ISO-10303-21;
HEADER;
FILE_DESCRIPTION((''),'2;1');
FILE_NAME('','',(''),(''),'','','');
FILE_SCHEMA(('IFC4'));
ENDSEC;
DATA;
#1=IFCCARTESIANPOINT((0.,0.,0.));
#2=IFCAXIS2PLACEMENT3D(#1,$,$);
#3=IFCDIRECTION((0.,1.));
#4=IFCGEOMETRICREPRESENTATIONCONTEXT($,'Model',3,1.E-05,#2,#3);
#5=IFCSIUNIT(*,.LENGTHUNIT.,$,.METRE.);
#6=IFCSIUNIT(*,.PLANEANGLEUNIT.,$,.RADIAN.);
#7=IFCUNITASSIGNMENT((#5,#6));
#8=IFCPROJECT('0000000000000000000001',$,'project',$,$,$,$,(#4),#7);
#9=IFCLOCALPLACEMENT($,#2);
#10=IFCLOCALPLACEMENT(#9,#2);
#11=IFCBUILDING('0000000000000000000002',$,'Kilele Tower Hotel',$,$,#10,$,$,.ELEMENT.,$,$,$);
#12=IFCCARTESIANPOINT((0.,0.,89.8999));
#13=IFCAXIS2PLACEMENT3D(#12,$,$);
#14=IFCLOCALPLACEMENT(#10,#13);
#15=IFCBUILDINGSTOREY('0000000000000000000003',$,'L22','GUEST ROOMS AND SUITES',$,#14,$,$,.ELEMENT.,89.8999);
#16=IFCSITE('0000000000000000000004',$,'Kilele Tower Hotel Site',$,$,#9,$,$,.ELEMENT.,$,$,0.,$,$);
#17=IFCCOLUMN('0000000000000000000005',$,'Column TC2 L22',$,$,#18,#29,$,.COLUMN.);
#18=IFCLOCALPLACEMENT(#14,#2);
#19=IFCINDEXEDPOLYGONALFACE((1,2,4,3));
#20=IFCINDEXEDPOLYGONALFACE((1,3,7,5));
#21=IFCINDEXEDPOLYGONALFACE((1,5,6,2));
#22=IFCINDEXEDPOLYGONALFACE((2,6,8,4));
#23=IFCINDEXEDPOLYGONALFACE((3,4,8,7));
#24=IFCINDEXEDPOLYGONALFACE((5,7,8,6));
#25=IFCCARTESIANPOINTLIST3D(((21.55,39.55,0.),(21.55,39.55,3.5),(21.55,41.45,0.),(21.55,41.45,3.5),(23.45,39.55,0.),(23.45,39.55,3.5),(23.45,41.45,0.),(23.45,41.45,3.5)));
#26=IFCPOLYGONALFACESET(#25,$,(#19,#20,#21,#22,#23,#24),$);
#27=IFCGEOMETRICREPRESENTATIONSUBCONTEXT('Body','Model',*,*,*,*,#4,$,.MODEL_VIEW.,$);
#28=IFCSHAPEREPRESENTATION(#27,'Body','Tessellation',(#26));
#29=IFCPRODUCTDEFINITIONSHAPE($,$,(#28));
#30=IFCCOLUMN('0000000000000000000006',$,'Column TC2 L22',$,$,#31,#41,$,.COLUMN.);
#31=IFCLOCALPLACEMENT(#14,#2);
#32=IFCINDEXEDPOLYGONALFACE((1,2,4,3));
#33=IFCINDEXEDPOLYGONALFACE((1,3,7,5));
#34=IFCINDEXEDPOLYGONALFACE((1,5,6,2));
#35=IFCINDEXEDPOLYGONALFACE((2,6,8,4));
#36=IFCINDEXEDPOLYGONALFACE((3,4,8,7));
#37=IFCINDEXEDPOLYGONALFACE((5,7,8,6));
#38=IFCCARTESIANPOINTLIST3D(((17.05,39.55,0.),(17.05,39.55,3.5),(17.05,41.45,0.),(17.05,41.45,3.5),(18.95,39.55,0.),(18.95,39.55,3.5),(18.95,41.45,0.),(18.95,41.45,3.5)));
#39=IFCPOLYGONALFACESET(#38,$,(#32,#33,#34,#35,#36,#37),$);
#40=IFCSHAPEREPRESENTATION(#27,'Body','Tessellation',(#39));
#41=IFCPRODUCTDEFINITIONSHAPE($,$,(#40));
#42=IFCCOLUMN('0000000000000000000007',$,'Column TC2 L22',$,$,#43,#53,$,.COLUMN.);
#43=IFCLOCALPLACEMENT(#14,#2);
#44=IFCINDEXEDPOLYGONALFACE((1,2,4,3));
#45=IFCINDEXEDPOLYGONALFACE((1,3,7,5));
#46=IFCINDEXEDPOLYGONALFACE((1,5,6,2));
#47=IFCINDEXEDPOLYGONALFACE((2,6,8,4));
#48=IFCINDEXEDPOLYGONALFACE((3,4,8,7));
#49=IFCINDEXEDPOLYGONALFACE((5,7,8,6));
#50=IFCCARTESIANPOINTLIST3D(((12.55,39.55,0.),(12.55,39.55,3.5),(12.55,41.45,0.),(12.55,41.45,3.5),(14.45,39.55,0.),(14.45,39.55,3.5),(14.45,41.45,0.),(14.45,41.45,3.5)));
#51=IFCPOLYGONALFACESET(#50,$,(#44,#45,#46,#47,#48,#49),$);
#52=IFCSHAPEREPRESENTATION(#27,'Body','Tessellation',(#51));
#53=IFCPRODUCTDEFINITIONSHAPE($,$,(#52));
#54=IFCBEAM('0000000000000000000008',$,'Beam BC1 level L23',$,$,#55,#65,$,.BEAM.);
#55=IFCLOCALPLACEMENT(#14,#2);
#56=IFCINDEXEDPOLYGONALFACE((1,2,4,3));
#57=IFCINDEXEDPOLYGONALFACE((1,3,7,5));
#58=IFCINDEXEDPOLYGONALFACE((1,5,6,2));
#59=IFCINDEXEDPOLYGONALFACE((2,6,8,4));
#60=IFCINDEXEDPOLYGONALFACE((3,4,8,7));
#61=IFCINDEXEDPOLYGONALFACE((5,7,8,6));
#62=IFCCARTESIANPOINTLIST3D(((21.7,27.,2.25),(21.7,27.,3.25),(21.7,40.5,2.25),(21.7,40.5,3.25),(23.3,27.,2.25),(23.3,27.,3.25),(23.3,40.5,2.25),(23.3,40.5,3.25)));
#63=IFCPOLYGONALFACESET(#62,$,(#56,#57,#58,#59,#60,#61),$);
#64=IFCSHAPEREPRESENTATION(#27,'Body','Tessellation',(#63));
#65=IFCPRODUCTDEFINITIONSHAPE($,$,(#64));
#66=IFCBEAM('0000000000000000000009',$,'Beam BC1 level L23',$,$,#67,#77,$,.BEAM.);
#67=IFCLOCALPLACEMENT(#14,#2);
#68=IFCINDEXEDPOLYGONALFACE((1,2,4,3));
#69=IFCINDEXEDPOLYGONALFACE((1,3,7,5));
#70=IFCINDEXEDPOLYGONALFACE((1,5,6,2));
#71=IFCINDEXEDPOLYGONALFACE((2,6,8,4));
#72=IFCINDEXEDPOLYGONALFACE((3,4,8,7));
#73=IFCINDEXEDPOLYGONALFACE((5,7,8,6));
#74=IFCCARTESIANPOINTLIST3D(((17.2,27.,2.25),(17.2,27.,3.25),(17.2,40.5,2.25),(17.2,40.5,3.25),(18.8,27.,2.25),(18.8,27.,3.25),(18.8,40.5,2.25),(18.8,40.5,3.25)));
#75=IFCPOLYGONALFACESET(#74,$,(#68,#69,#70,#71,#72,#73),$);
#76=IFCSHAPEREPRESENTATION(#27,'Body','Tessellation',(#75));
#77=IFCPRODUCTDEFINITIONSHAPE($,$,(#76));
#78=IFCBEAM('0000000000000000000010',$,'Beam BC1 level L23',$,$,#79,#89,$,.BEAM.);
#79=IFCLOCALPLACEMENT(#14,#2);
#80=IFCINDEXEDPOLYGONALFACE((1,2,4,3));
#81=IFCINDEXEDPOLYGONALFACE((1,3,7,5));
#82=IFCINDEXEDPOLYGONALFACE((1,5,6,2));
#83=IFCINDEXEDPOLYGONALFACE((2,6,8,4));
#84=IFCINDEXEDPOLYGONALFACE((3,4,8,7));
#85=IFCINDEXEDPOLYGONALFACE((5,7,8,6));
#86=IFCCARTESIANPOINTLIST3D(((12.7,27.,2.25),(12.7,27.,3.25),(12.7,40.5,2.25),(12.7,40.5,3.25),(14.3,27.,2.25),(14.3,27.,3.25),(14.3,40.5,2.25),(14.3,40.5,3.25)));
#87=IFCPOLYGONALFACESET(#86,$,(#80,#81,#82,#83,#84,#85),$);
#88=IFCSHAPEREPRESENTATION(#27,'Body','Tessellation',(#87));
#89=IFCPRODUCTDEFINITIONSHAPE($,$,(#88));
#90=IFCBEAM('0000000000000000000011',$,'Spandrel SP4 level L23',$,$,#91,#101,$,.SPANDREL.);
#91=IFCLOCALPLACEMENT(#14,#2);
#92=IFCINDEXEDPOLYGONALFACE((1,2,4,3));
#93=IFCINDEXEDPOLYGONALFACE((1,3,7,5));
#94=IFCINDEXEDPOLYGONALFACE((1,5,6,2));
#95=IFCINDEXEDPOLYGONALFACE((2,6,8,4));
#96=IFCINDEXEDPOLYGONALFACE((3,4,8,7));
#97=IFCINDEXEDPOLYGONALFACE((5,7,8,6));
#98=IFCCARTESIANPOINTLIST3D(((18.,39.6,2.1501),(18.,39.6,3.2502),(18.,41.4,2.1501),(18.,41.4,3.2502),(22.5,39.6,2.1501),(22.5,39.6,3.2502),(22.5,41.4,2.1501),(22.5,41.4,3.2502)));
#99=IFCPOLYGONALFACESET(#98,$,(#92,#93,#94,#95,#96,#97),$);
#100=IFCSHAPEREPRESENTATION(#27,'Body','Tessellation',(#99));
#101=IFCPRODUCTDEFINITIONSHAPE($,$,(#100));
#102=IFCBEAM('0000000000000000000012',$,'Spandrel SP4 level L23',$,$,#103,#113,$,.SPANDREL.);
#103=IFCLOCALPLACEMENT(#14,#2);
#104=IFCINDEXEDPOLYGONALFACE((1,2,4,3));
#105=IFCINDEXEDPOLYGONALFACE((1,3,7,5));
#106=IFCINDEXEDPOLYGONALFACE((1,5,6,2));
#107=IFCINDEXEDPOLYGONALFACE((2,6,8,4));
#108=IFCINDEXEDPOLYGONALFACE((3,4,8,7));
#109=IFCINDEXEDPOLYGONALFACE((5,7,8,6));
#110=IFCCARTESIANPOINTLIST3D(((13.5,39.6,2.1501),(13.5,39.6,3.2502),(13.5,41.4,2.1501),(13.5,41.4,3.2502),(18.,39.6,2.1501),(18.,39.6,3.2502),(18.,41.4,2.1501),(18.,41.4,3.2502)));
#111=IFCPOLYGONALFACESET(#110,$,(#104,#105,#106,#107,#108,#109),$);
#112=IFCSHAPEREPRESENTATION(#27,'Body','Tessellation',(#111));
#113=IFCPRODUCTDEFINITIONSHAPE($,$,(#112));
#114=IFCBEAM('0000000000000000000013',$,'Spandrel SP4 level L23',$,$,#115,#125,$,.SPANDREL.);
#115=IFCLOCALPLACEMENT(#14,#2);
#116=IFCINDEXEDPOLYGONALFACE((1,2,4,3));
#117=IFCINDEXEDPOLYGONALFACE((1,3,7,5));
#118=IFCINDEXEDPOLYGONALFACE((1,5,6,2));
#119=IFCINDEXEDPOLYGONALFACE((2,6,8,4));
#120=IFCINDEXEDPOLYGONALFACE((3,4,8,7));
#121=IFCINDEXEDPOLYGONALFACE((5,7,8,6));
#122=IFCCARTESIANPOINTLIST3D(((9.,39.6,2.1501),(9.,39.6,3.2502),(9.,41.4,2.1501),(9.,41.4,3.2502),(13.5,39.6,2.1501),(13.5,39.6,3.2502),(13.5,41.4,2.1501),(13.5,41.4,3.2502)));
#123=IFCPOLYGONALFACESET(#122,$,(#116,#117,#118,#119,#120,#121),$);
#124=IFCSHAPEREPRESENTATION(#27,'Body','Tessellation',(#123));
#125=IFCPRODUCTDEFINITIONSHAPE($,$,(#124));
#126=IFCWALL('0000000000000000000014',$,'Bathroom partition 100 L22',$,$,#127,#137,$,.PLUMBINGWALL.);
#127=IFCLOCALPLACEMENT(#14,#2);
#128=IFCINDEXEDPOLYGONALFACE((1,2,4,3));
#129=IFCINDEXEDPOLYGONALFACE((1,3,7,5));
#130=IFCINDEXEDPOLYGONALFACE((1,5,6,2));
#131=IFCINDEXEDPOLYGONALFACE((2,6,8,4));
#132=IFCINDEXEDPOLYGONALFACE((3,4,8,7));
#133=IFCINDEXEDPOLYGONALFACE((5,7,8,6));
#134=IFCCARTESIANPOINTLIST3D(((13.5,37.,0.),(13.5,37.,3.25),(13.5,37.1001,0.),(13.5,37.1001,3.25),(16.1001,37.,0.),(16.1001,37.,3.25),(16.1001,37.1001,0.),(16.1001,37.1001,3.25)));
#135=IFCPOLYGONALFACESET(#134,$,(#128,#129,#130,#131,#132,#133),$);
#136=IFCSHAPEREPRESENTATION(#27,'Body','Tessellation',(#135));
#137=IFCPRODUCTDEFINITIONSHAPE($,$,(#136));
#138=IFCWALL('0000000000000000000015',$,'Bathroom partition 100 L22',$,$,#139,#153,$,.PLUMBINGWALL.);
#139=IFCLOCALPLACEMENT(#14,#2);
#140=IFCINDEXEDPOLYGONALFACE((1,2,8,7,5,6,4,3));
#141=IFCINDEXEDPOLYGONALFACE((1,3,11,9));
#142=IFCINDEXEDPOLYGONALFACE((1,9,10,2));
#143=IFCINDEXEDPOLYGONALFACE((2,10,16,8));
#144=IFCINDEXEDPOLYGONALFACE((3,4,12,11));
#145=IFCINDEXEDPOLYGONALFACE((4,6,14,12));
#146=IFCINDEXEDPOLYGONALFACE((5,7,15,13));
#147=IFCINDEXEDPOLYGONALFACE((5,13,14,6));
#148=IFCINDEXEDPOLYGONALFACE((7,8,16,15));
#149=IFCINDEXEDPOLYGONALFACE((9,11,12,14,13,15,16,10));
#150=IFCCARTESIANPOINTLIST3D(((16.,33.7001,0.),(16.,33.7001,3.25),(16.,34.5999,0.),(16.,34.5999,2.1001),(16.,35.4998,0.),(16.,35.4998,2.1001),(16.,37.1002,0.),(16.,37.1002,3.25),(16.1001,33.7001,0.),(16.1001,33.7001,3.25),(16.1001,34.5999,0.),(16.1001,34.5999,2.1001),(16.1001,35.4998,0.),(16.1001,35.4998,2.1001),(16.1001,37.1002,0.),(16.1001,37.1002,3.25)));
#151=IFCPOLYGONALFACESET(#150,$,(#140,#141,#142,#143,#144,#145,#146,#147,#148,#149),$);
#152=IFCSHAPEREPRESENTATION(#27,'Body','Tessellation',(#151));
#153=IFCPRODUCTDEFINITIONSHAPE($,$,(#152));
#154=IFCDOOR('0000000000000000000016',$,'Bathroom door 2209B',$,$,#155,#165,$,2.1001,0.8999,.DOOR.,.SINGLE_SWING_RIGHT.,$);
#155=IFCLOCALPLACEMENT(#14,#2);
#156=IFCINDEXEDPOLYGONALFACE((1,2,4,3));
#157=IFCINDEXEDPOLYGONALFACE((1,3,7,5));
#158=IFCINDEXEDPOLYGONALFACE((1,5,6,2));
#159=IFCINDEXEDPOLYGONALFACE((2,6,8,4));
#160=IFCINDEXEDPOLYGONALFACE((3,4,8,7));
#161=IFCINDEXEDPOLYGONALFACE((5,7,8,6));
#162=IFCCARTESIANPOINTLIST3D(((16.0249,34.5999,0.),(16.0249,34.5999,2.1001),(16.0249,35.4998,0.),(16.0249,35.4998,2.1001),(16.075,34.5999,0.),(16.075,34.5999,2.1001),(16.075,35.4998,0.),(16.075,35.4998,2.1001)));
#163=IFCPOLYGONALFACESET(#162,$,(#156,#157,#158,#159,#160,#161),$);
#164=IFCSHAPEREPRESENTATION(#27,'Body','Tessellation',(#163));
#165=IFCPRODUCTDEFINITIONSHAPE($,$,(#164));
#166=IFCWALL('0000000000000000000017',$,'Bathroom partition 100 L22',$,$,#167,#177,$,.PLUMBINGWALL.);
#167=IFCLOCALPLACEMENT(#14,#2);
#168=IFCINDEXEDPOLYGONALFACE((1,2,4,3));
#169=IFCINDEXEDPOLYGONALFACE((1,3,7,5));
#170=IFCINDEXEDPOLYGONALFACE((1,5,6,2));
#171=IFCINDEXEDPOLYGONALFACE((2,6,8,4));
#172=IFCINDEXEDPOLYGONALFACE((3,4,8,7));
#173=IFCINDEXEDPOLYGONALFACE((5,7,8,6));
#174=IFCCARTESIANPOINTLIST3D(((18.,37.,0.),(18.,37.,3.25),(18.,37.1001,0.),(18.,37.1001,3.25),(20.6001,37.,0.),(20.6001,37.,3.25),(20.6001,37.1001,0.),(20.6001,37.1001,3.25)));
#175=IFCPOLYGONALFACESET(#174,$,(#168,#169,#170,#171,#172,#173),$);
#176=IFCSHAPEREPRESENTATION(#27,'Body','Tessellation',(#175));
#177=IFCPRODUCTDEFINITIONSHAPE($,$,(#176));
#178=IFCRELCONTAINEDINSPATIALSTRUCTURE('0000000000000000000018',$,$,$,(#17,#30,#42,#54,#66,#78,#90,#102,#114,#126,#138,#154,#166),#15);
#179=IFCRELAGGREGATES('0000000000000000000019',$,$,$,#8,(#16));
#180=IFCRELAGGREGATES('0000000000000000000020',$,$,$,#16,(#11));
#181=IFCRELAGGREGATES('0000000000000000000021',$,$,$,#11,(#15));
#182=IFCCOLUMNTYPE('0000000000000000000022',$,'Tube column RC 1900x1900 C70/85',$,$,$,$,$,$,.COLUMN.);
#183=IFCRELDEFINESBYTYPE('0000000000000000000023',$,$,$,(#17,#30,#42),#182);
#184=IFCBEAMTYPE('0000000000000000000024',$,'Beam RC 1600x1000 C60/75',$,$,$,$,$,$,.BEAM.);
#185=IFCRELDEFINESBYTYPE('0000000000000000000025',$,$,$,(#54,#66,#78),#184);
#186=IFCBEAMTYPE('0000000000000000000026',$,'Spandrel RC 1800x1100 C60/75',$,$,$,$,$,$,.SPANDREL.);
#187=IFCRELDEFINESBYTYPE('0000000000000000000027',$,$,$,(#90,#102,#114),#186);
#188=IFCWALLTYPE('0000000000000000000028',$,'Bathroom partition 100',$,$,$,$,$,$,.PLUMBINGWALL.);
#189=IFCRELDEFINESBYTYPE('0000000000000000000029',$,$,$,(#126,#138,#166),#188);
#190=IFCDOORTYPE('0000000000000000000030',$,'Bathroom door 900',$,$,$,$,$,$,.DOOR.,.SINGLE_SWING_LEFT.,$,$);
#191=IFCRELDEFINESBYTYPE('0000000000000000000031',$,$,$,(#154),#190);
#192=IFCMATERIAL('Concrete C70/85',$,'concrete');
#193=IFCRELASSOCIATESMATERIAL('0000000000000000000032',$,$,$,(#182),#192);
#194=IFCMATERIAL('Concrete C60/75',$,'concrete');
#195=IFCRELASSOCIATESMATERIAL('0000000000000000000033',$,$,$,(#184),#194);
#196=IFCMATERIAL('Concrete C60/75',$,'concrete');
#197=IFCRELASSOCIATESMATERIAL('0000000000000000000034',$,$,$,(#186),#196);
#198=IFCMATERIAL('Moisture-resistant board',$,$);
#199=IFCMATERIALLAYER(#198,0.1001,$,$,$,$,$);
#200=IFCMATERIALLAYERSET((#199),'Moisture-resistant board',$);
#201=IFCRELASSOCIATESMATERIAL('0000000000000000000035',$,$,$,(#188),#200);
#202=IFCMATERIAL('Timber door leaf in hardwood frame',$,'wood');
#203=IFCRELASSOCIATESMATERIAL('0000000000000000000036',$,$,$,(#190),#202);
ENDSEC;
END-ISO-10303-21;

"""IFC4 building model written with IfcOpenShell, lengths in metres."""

from ifc_helpers import new_model, si_unit, direction, frame, frame_2d, origin, origin_2d, place, context, subcontext, project, spatial, rectangle, extrude, material, layer, layer_set, material_profile, profile_set, type_object, element, fill, save


model = new_model("IFC4")

# Units and contexts
model_context = context("Model", 3, precision=1e-05, world=origin(), true_north=direction((0.0, 1.0)))
body_context = subcontext(model_context, "Body", "Model", "MODEL_VIEW")
ifc_project = project(units=[si_unit("LENGTHUNIT", "METRE"), si_unit("PLANEANGLEUNIT", "RADIAN")], contexts=[model_context])

# Site, building, storey
site_placement = place(None, origin())
site = spatial("IfcSite", under=ifc_project, at=site_placement, Name="Kilele Tower Hotel Site", CompositionType="ELEMENT", RefElevation=0.0)
building_placement = place(site_placement, origin())
building = spatial("IfcBuilding", under=site, at=building_placement, Name="Kilele Tower Hotel", CompositionType="ELEMENT")
storey_placement = place(building_placement, frame((0.0, 0.0, 89.8999)))
storey = spatial("IfcBuildingStorey", under=building, at=storey_placement, Name="L22", Description="GUEST ROOMS AND SUITES", CompositionType="ELEMENT", Elevation=89.8999)

# Columns
ifc_material_1 = material(Name="Concrete C70/85", Category="concrete")
ifc_material_profile_1 = material_profile(ifc_material_1, rectangle(XDim=1.8999, YDim=1.8999, at=origin_2d()))
ifc_profile_set_1 = profile_set([ifc_material_profile_1], Name="Concrete C70/85")
column_type = type_object("IfcColumnType", Name="Tube column RC 1900x1900 C70/85", PredefinedType="COLUMN", material=ifc_profile_set_1)
for number, where, z_axis, x_axis, name in (
    (1, (22.5, 40.5, 0.0), (0.0, 0.0, 1.0), (1.0, 0.0, 0.0), "Column TC2 L22"),
    (2, (18.0, 40.5, 0.0), (0.0, 0.0, 1.0), (1.0, 0.0, 0.0), "Column TC2 L22"),
    (3, (13.5, 40.5, 0.0), (0.0, 0.0, 1.0), (1.0, 0.0, 0.0), "Column TC2 L22"),
):
    element("IfcColumn", number, at=place(storey_placement, frame(where, z_axis=z_axis, x_axis=x_axis)), inside=storey, type_object=column_type, Name=name, PredefinedType="COLUMN", context=body_context, shape_type="SweptSolid", body=[
        extrude(rectangle(XDim=1.8999, YDim=1.8999, at=origin_2d()), origin(), (0.0, 0.0, 1.0), 3.5),
    ])

# Beams
ifc_material_2 = material(Name="Concrete C60/75", Category="concrete")
ifc_material_profile_2 = material_profile(ifc_material_2, rectangle(XDim=1.6001, YDim=1.0, at=origin_2d()))
ifc_profile_set_2 = profile_set([ifc_material_profile_2], Name="Concrete C60/75")
beam_type_1 = type_object("IfcBeamType", Name="Beam RC 1600x1000 C60/75", PredefinedType="BEAM", material=ifc_profile_set_2)
for number, where, z_axis, x_axis, name in (
    (4, (22.5, 40.5, 2.75), (0.0, -1.0, 0.0), (1.0, 0.0, 0.0), "Beam BC1 level L23"),
    (5, (18.0, 40.5, 2.75), (0.0, -1.0, 0.0), (1.0, 0.0, 0.0), "Beam BC1 level L23"),
    (6, (13.5, 40.5, 2.75), (0.0, -1.0, 0.0), (1.0, 0.0, 0.0), "Beam BC1 level L23"),
):
    element("IfcBeam", number, at=place(storey_placement, frame(where, z_axis=z_axis, x_axis=x_axis)), inside=storey, type_object=beam_type_1, Name=name, PredefinedType="BEAM", context=body_context, shape_type="SweptSolid", body=[
        extrude(rectangle(XDim=1.6001, YDim=1.0, at=origin_2d()), origin(), (0.0, 0.0, 1.0), 13.5),
    ])
ifc_material_3 = material(Name="Concrete C60/75", Category="concrete")
ifc_material_profile_3 = material_profile(ifc_material_3, rectangle(XDim=1.8, YDim=1.1001, at=origin_2d()))
ifc_profile_set_3 = profile_set([ifc_material_profile_3], Name="Concrete C60/75")
beam_type_2 = type_object("IfcBeamType", Name="Spandrel RC 1800x1100 C60/75", PredefinedType="SPANDREL", material=ifc_profile_set_3)
for number, where, z_axis, x_axis, name in (
    (7, (22.5, 40.5, 2.7002), (-1.0, 0.0, 0.0), (0.0, -1.0, 0.0), "Spandrel SP4 level L23"),
    (8, (18.0, 40.5, 2.7002), (-1.0, 0.0, 0.0), (0.0, -1.0, 0.0), "Spandrel SP4 level L23"),
    (9, (13.5, 40.5, 2.7002), (-1.0, 0.0, 0.0), (0.0, -1.0, 0.0), "Spandrel SP4 level L23"),
):
    element("IfcBeam", number, at=place(storey_placement, frame(where, z_axis=z_axis, x_axis=x_axis)), inside=storey, type_object=beam_type_2, Name=name, PredefinedType="SPANDREL", context=body_context, shape_type="SweptSolid", body=[
        extrude(rectangle(XDim=1.8, YDim=1.1001, at=origin_2d()), origin(), (0.0, 0.0, 1.0), 4.5),
    ])

# Wall
ifc_material_4 = material(Name="Moisture-resistant board")
ifc_layer_1 = layer(ifc_material_4, 0.1001)
ifc_layer_set_1 = layer_set([ifc_layer_1], Name="Moisture-resistant board")
wall_type_1 = type_object("IfcWallType", Name="Bathroom partition 100", PredefinedType="PLUMBINGWALL", material=ifc_layer_set_1)
wall_1_placement = place(storey_placement, frame((13.5, 37.05, 0.0), z_axis=(0.0, 0.0, 1.0), x_axis=(1.0, 0.0, 0.0)))
element("IfcWall", 10, at=wall_1_placement, inside=storey, type_object=wall_type_1, Name="Bathroom partition 100 L22", PredefinedType="PLUMBINGWALL", context=body_context, shape_type="SweptSolid", body=[
    extrude(rectangle(XDim=2.6001, YDim=0.1001, at=frame_2d((1.3, 0.0))), origin(), (0.0, 0.0, 1.0), 3.25),
])

# Wall, opening, door
wall_2_placement = place(storey_placement, frame((16.05, 33.7, 0.0), z_axis=(0.0, 0.0, 1.0), x_axis=(0.0, 1.0, 0.0)))
wall_2 = element("IfcWall", 11, at=wall_2_placement, inside=storey, type_object=wall_type_1, Name="Bathroom partition 100 L22", PredefinedType="PLUMBINGWALL", context=body_context, shape_type="SweptSolid", body=[
    extrude(rectangle(XDim=3.4001, YDim=0.1001, at=frame_2d((1.7002, 0.0))), origin(), (0.0, 0.0, 1.0), 3.25),
])
opening_1_placement = place(wall_2_placement, frame((1.7998, 0.0, 0.0), z_axis=(0.0, 0.0, 1.0), x_axis=(-1.0, 0.0, 0.0)))
opening_1 = element("IfcOpeningElement", 12, at=opening_1_placement, cuts=wall_2, PredefinedType="OPENING", context=body_context, shape_type="SweptSolid", body=[
    extrude(rectangle(XDim=0.8999, YDim=2.1001, at=frame_2d((0.45, 1.05))), frame((0.0, 0.0601, 0.0), z_axis=(0.0, -1.0, 0.0), x_axis=(1.0, 0.0, 0.0)), (0.0, 0.0, 1.0), 0.1201),
])
ifc_material_5 = material(Name="Timber door leaf in hardwood frame", Category="wood")
door_type_1 = type_object("IfcDoorType", Name="Bathroom door 900", OperationType="SINGLE_SWING_LEFT", PredefinedType="DOOR", material=ifc_material_5)
door_1_placement = place(opening_1_placement, origin())
door_1 = element("IfcDoor", 13, at=door_1_placement, inside=storey, type_object=door_type_1, Name="Bathroom door 2209B", OperationType="SINGLE_SWING_RIGHT", OverallHeight=2.1001, OverallWidth=0.8999, PredefinedType="DOOR", context=body_context, shape_type="SweptSolid", body=[
    extrude(rectangle(XDim=0.8999, YDim=2.1001, at=frame_2d((0.45, 1.05))), frame((0.0, 0.0249, 0.0), z_axis=(0.0, -1.0, 0.0), x_axis=(1.0, 0.0, 0.0)), (0.0, 0.0, 1.0), 0.05),
])
fill(opening_1, door_1)

# Wall
wall_3_placement = place(storey_placement, frame((18.0, 37.05, 0.0), z_axis=(0.0, 0.0, 1.0), x_axis=(1.0, 0.0, 0.0)))
element("IfcWall", 14, at=wall_3_placement, inside=storey, type_object=wall_type_1, Name="Bathroom partition 100 L22", PredefinedType="PLUMBINGWALL", context=body_context, shape_type="SweptSolid", body=[
    extrude(rectangle(XDim=2.6001, YDim=0.1001, at=frame_2d((1.3, 0.0))), origin(), (0.0, 0.0, 1.0), 3.25),
])

save(model, "model.ifc")
